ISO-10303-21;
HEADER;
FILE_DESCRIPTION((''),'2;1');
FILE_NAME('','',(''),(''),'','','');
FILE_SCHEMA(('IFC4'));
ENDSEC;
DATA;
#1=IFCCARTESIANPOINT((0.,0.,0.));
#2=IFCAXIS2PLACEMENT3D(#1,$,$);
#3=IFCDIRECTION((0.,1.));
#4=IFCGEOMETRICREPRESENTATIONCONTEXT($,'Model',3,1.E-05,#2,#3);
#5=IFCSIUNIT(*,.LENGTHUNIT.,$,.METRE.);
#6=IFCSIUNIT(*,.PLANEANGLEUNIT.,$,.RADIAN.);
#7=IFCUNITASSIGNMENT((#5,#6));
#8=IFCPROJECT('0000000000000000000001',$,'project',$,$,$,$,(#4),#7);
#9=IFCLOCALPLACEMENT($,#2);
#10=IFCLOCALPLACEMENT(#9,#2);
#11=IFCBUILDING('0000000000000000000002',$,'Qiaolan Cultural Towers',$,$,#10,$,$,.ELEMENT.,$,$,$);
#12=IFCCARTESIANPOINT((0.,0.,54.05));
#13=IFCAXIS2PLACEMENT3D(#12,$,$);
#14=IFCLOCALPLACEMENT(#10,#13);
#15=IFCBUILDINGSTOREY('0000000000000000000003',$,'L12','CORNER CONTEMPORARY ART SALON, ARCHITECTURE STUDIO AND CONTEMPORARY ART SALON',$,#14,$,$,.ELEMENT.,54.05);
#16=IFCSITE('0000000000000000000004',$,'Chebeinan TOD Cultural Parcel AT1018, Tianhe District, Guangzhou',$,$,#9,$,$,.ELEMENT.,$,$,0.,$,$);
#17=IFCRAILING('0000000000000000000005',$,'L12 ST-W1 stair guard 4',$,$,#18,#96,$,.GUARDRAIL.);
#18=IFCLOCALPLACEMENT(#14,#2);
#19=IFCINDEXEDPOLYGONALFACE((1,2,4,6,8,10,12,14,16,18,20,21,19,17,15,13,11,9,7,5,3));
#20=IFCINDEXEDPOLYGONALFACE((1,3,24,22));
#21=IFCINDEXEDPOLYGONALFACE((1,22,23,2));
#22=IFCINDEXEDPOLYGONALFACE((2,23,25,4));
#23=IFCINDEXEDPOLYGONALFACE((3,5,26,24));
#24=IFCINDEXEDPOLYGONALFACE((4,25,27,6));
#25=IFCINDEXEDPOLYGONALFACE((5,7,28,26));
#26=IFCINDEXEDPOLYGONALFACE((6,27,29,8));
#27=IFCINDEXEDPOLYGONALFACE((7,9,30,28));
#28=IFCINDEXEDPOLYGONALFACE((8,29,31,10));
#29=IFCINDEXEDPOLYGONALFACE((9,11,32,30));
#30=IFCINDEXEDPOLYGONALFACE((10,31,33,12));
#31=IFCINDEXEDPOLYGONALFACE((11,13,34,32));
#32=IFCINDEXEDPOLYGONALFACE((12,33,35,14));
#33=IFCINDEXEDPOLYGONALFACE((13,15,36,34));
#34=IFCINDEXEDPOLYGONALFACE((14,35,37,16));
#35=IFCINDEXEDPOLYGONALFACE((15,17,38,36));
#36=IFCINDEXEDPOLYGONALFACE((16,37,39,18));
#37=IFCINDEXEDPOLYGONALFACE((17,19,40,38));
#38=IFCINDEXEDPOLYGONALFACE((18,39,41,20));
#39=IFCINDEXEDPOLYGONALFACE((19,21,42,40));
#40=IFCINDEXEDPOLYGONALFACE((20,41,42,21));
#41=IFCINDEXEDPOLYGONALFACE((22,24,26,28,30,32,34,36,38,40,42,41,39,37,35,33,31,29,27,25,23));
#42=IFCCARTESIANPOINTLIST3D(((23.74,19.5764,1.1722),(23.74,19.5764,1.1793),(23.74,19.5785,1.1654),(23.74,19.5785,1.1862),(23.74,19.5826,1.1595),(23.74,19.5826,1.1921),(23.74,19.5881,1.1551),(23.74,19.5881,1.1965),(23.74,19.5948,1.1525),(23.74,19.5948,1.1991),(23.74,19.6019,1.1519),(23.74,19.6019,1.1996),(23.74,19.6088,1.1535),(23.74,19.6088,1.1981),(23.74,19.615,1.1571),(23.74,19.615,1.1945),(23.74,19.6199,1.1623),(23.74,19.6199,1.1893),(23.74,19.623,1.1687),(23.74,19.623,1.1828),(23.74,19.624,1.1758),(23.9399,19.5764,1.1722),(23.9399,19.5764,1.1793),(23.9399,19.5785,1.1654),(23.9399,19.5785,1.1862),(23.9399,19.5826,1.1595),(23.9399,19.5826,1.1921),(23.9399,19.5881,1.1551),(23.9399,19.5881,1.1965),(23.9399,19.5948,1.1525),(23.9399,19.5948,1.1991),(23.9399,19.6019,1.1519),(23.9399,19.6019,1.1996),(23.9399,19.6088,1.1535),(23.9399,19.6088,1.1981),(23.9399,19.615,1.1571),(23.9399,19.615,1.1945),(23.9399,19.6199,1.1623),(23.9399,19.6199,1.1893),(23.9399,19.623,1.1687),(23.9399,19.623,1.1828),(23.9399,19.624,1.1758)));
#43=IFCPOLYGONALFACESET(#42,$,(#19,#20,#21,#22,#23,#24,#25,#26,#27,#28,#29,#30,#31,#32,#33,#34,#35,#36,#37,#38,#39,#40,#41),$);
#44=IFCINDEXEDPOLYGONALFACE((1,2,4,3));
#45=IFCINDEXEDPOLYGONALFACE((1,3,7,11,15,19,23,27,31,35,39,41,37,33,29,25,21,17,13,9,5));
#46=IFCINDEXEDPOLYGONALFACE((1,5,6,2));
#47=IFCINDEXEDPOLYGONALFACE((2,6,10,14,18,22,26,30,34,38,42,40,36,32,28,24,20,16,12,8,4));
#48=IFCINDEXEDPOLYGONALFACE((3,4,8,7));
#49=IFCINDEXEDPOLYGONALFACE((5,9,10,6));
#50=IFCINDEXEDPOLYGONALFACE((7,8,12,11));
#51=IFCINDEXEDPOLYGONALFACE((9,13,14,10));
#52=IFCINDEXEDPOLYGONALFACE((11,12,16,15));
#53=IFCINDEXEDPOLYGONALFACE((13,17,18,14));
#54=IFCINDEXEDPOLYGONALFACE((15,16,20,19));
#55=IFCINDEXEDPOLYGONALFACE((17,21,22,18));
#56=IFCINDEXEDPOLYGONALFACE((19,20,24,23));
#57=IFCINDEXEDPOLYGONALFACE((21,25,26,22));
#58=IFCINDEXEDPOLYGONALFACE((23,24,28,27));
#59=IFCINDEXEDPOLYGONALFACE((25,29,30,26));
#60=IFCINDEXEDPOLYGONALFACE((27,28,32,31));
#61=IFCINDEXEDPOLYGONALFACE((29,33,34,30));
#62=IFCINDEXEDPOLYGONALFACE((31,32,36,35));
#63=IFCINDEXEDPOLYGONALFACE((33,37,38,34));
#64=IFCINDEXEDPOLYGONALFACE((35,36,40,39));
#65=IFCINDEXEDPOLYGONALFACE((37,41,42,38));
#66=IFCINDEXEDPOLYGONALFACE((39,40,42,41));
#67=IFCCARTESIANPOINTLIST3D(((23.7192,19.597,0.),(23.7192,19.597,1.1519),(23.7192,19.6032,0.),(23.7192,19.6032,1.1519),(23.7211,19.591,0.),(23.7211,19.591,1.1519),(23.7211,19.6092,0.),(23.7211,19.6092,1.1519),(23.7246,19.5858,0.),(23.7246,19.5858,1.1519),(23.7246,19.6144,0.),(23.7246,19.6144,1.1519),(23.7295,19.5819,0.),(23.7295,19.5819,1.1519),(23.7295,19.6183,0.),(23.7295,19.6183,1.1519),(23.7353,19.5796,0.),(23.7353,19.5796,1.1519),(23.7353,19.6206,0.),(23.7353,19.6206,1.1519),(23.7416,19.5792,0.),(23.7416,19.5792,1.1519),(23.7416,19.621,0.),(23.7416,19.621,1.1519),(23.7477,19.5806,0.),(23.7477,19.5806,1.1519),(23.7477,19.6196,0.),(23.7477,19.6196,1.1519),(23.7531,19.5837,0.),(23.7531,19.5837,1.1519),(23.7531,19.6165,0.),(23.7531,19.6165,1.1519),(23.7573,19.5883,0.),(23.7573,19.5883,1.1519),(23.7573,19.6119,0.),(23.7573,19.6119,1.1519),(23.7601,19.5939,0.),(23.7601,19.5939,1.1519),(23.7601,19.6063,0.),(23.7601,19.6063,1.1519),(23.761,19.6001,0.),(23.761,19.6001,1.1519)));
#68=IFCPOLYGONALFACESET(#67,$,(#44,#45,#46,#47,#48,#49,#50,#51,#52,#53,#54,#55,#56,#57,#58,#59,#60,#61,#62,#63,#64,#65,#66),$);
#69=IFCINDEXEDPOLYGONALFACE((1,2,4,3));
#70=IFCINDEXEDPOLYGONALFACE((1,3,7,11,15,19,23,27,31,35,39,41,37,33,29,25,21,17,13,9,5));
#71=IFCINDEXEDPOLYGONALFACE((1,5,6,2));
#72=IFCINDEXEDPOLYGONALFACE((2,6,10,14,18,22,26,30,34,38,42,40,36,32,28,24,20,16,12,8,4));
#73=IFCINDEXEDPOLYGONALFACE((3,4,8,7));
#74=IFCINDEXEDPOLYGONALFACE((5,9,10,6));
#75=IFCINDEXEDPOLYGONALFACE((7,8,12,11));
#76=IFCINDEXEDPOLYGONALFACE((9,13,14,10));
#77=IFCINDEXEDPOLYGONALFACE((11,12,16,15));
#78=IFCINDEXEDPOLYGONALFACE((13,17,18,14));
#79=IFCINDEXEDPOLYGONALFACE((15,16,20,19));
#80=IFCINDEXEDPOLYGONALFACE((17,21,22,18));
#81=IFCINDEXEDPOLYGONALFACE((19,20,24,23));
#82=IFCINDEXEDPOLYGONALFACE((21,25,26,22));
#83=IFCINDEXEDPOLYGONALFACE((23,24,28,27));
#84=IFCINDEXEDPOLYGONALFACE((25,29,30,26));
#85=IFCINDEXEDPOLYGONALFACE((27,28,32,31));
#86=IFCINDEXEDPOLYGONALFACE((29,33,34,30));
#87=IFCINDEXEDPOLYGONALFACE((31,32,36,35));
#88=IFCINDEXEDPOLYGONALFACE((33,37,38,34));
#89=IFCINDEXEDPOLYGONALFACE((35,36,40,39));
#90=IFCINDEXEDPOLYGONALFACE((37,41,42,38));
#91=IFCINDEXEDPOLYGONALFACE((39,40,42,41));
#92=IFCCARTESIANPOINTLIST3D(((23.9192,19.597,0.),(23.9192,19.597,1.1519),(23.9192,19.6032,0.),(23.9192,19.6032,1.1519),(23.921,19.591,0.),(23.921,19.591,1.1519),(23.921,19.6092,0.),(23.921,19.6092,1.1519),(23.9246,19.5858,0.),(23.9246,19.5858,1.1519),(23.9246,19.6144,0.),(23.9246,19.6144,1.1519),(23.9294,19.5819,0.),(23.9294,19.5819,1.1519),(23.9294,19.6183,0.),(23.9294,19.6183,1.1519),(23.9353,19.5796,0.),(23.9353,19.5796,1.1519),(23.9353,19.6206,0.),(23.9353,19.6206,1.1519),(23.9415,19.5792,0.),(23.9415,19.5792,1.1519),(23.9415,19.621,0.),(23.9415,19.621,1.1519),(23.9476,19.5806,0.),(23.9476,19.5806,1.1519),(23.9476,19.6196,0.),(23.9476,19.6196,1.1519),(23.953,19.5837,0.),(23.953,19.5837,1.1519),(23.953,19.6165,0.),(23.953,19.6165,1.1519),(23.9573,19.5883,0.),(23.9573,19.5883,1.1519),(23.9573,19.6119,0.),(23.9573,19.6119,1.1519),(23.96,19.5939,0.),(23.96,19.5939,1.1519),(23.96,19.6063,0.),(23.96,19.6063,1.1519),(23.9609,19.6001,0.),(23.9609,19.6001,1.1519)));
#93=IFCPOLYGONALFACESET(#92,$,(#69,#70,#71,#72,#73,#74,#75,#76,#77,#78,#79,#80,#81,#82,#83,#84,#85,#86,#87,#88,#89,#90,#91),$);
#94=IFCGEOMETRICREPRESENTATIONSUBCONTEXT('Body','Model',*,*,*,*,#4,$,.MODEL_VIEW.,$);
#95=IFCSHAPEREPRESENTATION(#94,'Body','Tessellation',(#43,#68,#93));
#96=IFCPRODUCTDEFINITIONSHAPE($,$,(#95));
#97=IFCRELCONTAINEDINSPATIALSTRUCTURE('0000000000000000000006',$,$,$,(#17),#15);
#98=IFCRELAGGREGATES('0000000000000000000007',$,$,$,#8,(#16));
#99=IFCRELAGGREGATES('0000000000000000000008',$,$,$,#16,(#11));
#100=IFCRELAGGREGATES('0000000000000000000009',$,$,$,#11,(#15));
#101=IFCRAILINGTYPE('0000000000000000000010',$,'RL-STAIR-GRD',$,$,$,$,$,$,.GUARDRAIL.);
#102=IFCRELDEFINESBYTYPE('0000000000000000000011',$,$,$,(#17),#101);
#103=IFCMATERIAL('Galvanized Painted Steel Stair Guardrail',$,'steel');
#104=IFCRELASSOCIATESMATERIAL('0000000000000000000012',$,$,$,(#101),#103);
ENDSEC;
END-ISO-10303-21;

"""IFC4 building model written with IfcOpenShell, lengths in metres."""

from ifc_helpers import new_model, si_unit, direction, frame, origin, origin_2d, place, context, subcontext, project, spatial, circle, extrude, material, type_object, element, save


model = new_model("IFC4")

# Units and contexts
model_context = context("Model", 3, precision=1e-05, world=origin(), true_north=direction((0.0, 1.0)))
body_context = subcontext(model_context, "Body", "Model", "MODEL_VIEW")
ifc_project = project(units=[si_unit("LENGTHUNIT", "METRE"), si_unit("PLANEANGLEUNIT", "RADIAN")], contexts=[model_context])

# Site, building, storey
site_placement = place(None, origin())
site = spatial("IfcSite", under=ifc_project, at=site_placement, Name="Chebeinan TOD Cultural Parcel AT1018, Tianhe District, Guangzhou", CompositionType="ELEMENT", RefElevation=0.0)
building_placement = place(site_placement, origin())
building = spatial("IfcBuilding", under=site, at=building_placement, Name="Qiaolan Cultural Towers", CompositionType="ELEMENT")
storey_placement = place(building_placement, frame((0.0, 0.0, 54.05)))
storey = spatial("IfcBuildingStorey", under=building, at=storey_placement, Name="L12", Description="CORNER CONTEMPORARY ART SALON, ARCHITECTURE STUDIO AND CONTEMPORARY ART SALON", CompositionType="ELEMENT", Elevation=54.05)

# Railing
ifc_material_1 = material(Name="Galvanized Painted Steel Stair Guardrail", Category="steel")
railing_type_1 = type_object("IfcRailingType", Name="RL-STAIR-GRD", PredefinedType="GUARDRAIL", material=ifc_material_1)
railing_1_placement = place(storey_placement, frame((23.74, 19.6001, 0.0)))
element("IfcRailing", 1, at=railing_1_placement, inside=storey, type_object=railing_type_1, Name="L12 ST-W1 stair guard 4", PredefinedType="GUARDRAIL", context=body_context, shape_type="SweptSolid", body=[
    extrude(circle(Radius=0.0239, at=origin_2d()), frame((0.0, 0.0, 1.1758), z_axis=(1.0, 0.0, 0.0), x_axis=(0.0, 1.0, 0.0)), (0.0, 0.0, 1.0), 0.2),
    extrude(circle(Radius=0.021, at=origin_2d()), origin(), (0.0, 0.0, 1.0), 1.1519),
    extrude(circle(Radius=0.021, at=origin_2d()), frame((0.2, 0.0, 0.0)), (0.0, 0.0, 1.0), 1.1519),
])

save(model, "model.ifc")
